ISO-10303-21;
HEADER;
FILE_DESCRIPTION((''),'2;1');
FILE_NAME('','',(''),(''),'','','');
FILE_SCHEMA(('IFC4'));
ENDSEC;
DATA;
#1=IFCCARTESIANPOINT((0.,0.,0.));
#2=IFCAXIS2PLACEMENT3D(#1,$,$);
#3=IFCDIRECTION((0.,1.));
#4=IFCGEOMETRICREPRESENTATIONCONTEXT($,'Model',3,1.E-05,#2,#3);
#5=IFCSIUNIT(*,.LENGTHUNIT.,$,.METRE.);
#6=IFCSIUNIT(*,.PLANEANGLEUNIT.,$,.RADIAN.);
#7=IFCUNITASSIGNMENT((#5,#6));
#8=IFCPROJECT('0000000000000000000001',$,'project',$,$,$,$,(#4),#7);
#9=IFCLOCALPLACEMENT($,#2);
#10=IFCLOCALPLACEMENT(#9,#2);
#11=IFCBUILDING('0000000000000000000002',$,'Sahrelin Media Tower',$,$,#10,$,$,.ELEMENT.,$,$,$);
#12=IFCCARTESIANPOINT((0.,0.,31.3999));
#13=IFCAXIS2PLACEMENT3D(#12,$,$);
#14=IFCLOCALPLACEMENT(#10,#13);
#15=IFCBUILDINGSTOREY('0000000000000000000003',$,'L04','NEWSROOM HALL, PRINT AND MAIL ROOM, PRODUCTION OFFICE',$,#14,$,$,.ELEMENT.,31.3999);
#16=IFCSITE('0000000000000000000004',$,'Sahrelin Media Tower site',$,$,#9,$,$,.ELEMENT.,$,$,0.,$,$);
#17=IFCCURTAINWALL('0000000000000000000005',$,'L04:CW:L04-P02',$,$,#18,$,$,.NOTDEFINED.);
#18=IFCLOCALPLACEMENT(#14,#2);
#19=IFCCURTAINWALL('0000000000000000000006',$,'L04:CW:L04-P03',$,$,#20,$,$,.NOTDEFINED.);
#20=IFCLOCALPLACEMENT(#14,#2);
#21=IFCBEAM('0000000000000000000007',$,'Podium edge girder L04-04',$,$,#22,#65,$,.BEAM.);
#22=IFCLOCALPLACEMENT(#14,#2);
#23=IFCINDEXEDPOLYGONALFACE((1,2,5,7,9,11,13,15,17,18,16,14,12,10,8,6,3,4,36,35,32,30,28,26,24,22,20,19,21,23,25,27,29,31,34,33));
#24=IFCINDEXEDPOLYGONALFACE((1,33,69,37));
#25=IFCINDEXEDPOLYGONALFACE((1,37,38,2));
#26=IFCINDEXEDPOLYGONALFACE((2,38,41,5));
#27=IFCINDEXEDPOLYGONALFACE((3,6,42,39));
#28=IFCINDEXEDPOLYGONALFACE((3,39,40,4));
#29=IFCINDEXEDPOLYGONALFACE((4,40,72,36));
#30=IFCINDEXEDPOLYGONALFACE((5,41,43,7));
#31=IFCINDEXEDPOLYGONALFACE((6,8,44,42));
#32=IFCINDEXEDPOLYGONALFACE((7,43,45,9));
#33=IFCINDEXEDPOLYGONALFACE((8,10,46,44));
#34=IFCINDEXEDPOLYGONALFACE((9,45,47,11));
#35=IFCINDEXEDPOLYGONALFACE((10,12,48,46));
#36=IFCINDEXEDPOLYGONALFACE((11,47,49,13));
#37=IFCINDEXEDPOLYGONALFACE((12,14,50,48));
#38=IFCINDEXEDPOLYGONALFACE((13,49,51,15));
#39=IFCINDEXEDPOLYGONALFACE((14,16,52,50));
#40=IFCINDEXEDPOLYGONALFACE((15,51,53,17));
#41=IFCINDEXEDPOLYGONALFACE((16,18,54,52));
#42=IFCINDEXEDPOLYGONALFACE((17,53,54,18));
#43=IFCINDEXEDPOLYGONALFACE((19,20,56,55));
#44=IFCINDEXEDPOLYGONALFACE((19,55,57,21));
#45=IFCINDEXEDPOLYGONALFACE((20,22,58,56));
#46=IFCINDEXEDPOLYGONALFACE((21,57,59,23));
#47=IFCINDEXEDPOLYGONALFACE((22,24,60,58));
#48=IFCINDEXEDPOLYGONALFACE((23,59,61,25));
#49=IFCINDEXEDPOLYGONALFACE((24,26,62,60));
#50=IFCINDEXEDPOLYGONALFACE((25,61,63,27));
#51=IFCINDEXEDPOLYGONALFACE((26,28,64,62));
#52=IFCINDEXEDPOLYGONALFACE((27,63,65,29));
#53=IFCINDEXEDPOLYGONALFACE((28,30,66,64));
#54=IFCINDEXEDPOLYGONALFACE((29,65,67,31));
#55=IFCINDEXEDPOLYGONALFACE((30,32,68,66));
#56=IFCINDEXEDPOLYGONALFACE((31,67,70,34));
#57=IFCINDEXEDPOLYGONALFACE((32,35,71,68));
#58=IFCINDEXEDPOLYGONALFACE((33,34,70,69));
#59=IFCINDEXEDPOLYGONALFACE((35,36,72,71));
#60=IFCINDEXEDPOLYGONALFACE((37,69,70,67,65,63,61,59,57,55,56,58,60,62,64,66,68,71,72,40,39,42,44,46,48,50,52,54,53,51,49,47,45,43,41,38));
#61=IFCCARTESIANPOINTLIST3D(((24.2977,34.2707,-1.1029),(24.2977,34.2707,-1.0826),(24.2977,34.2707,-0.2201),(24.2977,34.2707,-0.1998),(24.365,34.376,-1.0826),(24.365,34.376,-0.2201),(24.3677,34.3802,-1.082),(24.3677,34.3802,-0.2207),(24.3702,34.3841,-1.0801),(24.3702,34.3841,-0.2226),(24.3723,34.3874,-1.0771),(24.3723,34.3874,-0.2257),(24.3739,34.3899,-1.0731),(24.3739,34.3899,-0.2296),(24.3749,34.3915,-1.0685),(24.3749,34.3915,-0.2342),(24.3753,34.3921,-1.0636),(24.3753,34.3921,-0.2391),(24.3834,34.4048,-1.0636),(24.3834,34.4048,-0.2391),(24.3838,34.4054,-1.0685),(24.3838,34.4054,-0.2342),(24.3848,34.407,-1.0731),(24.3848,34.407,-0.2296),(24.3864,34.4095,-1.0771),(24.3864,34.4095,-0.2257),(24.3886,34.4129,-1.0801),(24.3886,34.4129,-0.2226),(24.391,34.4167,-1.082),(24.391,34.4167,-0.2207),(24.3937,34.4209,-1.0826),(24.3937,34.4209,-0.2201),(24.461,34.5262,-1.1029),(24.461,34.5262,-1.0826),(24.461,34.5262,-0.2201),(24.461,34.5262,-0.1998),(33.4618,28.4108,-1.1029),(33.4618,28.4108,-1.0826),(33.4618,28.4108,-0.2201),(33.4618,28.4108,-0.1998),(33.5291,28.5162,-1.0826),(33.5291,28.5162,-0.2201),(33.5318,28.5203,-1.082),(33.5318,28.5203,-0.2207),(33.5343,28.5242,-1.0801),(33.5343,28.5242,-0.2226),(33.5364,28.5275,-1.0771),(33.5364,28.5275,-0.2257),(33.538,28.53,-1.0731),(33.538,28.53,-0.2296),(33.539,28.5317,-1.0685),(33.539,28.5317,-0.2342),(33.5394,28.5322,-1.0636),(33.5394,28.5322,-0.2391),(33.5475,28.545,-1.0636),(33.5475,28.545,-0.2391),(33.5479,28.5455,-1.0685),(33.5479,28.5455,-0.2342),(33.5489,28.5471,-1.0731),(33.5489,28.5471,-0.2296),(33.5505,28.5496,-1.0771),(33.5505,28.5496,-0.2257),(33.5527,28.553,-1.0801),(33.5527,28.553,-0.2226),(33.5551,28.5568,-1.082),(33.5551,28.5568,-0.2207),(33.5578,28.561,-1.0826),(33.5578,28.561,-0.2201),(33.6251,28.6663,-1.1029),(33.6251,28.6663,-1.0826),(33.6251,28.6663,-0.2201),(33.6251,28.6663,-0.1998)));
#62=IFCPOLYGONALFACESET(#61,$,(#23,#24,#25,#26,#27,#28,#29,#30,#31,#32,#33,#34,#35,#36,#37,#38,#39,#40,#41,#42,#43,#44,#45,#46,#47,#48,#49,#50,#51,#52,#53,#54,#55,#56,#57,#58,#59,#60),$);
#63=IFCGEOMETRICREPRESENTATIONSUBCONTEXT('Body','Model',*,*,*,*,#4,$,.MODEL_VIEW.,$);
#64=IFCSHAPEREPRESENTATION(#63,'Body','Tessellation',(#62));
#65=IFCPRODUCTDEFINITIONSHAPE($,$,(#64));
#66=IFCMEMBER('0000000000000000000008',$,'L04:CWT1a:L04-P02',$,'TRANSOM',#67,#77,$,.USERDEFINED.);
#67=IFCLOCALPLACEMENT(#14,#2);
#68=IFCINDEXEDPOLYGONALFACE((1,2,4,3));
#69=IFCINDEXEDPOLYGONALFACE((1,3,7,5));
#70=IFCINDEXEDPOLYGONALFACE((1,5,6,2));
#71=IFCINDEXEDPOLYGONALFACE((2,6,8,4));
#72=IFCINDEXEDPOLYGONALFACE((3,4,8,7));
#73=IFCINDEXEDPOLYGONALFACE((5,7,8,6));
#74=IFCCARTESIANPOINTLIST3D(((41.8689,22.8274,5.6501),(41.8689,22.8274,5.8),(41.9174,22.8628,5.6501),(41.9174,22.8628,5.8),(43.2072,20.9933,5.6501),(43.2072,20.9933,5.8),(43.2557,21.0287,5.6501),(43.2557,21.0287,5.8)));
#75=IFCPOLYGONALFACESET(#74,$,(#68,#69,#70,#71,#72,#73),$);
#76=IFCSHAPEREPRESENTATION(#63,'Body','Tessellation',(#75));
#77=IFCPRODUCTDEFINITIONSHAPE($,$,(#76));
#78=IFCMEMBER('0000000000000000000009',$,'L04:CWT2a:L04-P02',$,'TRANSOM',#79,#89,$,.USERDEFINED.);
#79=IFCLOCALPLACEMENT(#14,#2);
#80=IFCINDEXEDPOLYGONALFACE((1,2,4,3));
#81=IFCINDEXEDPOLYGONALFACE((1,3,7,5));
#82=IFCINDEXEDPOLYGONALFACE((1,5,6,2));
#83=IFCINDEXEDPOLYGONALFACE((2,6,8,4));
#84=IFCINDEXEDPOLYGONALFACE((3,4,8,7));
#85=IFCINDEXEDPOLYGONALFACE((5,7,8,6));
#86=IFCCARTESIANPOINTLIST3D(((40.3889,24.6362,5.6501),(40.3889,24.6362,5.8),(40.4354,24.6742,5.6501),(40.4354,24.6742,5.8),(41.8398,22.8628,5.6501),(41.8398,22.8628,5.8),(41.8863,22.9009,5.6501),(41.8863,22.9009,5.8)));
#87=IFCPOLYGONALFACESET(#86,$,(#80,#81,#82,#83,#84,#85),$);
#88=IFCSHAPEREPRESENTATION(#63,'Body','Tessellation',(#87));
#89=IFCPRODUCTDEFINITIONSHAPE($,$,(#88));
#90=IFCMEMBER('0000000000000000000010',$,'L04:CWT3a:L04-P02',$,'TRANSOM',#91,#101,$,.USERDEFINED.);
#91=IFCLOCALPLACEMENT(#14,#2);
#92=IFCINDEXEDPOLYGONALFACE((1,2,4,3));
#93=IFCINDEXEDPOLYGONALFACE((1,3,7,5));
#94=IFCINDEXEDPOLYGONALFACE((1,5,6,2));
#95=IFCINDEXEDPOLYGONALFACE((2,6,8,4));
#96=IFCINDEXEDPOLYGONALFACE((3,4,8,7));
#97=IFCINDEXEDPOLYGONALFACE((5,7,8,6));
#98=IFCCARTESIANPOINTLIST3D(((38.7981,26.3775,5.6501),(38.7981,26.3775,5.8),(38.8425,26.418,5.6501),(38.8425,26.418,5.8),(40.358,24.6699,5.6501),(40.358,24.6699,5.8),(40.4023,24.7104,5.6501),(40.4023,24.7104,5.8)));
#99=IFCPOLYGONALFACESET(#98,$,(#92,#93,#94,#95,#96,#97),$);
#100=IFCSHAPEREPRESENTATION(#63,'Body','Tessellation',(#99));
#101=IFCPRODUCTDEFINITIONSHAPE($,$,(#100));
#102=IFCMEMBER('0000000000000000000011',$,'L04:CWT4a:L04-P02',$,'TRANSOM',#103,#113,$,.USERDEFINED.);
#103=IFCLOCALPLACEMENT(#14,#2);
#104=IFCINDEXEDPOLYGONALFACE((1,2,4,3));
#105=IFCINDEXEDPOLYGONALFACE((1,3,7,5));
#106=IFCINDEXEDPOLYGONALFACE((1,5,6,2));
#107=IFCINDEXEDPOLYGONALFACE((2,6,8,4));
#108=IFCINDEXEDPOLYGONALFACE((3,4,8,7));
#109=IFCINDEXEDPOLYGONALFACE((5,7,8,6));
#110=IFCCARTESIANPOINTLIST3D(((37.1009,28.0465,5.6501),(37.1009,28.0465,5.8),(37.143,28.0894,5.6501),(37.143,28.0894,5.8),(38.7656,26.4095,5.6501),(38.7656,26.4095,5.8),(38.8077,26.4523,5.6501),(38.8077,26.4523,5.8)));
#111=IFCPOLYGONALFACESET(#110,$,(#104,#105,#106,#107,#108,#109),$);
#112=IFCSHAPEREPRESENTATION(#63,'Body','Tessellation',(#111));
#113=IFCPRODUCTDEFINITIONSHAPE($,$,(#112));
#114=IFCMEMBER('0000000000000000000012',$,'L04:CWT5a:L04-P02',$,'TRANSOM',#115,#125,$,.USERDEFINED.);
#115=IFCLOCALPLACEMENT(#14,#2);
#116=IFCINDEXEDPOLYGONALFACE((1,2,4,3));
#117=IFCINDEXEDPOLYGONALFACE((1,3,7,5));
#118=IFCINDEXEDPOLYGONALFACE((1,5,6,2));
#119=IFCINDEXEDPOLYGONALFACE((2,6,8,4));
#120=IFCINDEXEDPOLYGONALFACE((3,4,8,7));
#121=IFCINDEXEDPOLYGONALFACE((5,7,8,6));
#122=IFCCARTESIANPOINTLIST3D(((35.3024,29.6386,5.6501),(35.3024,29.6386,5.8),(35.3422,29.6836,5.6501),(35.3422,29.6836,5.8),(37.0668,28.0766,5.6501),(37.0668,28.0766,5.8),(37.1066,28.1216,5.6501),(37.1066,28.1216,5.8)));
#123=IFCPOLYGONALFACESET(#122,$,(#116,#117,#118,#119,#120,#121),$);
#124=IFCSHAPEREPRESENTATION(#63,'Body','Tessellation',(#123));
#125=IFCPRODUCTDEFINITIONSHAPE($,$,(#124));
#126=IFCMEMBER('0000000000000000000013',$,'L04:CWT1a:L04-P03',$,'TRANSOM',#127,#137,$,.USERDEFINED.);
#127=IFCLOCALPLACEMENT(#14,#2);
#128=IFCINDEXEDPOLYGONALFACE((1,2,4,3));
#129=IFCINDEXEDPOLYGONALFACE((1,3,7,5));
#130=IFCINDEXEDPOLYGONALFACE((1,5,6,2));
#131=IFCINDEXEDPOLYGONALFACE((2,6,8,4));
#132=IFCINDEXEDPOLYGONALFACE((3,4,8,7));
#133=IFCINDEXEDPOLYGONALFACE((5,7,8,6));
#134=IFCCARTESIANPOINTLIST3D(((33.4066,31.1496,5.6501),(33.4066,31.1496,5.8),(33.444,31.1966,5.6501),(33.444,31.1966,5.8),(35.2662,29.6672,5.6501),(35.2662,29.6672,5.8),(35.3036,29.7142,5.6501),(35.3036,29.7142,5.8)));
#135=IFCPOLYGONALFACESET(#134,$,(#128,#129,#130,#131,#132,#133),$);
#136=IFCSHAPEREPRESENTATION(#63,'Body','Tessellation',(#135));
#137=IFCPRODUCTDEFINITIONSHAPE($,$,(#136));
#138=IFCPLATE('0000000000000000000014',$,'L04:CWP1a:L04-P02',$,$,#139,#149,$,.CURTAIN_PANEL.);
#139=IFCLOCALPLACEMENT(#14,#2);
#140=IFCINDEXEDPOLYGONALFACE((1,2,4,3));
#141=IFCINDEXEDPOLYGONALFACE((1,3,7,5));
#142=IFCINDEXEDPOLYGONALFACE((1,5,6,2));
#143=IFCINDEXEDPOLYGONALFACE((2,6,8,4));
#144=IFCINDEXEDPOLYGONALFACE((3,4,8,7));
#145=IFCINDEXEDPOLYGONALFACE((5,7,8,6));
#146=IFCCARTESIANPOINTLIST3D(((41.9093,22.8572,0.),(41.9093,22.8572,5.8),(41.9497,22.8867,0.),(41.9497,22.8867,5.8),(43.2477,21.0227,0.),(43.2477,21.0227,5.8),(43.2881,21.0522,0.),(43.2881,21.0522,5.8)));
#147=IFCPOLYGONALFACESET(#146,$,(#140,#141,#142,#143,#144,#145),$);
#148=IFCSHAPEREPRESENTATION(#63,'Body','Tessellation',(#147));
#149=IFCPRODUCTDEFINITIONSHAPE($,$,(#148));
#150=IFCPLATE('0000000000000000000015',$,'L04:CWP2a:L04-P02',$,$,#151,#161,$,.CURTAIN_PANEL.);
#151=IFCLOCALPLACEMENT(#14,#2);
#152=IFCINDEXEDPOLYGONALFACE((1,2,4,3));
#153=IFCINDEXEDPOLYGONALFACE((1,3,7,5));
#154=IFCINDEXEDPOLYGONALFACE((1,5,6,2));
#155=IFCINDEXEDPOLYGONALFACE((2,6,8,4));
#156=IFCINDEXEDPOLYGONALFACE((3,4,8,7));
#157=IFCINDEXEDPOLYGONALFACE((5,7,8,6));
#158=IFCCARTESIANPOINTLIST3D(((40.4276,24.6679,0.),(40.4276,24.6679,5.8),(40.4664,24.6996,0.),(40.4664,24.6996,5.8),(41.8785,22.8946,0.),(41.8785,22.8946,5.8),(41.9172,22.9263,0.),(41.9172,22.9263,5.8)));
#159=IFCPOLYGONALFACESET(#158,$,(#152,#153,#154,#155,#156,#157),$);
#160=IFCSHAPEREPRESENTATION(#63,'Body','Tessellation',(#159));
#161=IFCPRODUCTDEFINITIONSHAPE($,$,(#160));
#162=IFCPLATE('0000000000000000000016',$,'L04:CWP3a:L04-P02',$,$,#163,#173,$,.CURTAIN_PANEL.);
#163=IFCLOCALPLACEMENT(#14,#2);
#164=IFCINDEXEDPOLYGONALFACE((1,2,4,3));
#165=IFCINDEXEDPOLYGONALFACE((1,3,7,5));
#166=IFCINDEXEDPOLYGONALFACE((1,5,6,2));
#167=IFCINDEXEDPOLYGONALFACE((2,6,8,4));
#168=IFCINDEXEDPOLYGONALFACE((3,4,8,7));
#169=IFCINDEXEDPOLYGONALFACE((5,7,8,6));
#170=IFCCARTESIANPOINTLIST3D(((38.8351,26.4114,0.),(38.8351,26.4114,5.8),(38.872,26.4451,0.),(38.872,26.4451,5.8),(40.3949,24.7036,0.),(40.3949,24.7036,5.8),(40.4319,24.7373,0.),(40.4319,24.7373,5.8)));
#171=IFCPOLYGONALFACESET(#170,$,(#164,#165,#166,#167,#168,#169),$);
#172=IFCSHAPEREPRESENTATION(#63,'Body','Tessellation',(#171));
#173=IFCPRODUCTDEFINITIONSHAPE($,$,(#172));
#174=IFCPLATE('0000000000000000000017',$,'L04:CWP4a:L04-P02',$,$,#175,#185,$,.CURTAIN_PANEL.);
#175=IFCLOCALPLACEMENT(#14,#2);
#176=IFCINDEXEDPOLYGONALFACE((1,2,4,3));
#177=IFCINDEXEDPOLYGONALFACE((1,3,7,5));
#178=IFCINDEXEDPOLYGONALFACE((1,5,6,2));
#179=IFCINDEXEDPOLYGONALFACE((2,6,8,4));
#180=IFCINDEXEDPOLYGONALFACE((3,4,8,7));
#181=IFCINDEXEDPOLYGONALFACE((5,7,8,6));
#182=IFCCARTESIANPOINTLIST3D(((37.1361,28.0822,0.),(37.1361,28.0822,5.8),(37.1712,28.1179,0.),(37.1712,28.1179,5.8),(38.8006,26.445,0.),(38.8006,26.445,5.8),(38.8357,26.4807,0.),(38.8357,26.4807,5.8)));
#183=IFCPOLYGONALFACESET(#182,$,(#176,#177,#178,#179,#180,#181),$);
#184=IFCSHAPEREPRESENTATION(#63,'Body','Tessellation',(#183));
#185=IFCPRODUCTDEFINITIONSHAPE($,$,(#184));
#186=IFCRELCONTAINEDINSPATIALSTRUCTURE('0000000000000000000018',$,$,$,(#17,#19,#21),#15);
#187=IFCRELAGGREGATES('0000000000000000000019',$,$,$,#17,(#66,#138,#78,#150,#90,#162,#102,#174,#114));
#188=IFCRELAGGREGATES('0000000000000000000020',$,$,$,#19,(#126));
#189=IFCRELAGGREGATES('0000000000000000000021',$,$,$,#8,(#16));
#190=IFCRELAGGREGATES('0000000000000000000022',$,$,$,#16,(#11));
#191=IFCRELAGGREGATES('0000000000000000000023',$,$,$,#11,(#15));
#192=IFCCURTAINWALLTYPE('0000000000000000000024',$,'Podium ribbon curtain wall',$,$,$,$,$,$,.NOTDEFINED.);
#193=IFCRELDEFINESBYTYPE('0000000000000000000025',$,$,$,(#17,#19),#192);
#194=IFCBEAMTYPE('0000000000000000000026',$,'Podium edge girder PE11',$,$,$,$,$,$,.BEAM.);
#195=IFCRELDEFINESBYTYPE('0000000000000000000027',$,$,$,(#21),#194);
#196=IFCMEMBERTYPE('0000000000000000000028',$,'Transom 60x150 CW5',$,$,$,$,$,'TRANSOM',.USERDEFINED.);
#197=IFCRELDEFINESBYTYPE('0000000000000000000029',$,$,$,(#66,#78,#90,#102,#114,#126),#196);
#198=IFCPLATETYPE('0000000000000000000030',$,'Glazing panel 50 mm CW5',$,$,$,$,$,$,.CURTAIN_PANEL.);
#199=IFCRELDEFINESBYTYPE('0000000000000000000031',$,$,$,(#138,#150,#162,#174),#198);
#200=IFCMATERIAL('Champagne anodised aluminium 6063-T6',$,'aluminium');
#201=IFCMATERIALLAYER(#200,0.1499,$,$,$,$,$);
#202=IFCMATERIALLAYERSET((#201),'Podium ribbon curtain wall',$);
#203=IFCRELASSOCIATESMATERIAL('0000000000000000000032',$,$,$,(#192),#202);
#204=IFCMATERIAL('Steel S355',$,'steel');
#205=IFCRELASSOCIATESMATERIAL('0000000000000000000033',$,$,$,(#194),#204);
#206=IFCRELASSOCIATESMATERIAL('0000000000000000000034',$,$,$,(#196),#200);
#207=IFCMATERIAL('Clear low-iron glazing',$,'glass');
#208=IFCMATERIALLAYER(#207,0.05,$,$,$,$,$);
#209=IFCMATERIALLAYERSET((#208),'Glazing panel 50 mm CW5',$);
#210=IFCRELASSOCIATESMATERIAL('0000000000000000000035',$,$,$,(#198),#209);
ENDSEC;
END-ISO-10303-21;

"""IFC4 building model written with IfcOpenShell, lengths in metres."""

from ifc_helpers import new_model, si_unit, direction, frame, origin, origin_2d, place, context, subcontext, project, spatial, polyline, rectangle, i_section, outline, extrude, material, layer, layer_set, material_profile, profile_set, type_object, element, aggregate, save


model = new_model("IFC4")

# Units and contexts
model_context = context("Model", 3, precision=1e-05, world=origin(), true_north=direction((0.0, 1.0)))
body_context = subcontext(model_context, "Body", "Model", "MODEL_VIEW")
ifc_project = project(units=[si_unit("LENGTHUNIT", "METRE"), si_unit("PLANEANGLEUNIT", "RADIAN")], contexts=[model_context])

# Site, building, storey
site_placement = place(None, origin())
site = spatial("IfcSite", under=ifc_project, at=site_placement, Name="Sahrelin Media Tower site", CompositionType="ELEMENT", RefElevation=0.0)
building_placement = place(site_placement, origin())
building = spatial("IfcBuilding", under=site, at=building_placement, Name="Sahrelin Media Tower", CompositionType="ELEMENT")
storey_placement = place(building_placement, frame((0.0, 0.0, 31.3999)))
storey = spatial("IfcBuildingStorey", under=building, at=storey_placement, Name="L04", Description="NEWSROOM HALL, PRINT AND MAIL ROOM, PRODUCTION OFFICE", CompositionType="ELEMENT", Elevation=31.3999)

# Curtain wall
ifc_material_1 = material(Name="Champagne anodised aluminium 6063-T6", Category="aluminium")
ifc_layer_1 = layer(ifc_material_1, 0.1499)
ifc_layer_set_1 = layer_set([ifc_layer_1], Name="Podium ribbon curtain wall")
curtain_wall_type = type_object("IfcCurtainWallType", Name="Podium ribbon curtain wall", PredefinedType="NOTDEFINED", material=ifc_layer_set_1)
curtain_wall_1_placement = place(storey_placement, frame((43.3013, 21.0, 0.0), z_axis=(0.0, 0.0, 1.0), x_axis=(1.0, 0.0, 0.0)))
curtain_wall_1 = element("IfcCurtainWall", 1, at=curtain_wall_1_placement, inside=storey, type_object=curtain_wall_type, Name="L04:CW:L04-P02", PredefinedType="NOTDEFINED")

# Curtain wall
curtain_wall_2_placement = place(storey_placement, frame((35.3552, 29.6985, 0.0), z_axis=(0.0, 0.0, 1.0), x_axis=(1.0, 0.0, 0.0)))
curtain_wall_2 = element("IfcCurtainWall", 2, at=curtain_wall_2_placement, inside=storey, type_object=curtain_wall_type, Name="L04:CW:L04-P03", PredefinedType="NOTDEFINED")

# Beam
ifc_material_2 = material(Name="Steel S355", Category="steel")
ifc_material_profile_1 = material_profile(ifc_material_2, i_section(OverallWidth=0.3032, OverallDepth=0.9031, WebThickness=0.0151, FlangeThickness=0.0203, FilletRadius=0.019, at=origin_2d()), Name="UB 914x305x201")
ifc_profile_set_1 = profile_set([ifc_material_profile_1], Name="Steel S355")
beam_type = type_object("IfcBeamType", Name="Podium edge girder PE11", PredefinedType="BEAM", material=ifc_profile_set_1)
beam_1_placement = place(storey_placement, frame((33.5435, 28.5386, -0.6514), z_axis=(-0.842486, 0.538719, 0.0), x_axis=(-0.538719, -0.842486, 0.0)))
element("IfcBeam", 3, at=beam_1_placement, inside=storey, type_object=beam_type, Name="Podium edge girder L04-04", PredefinedType="BEAM", context=body_context, shape_type="SweptSolid", body=[
    extrude(i_section(OverallWidth=0.3032, OverallDepth=0.9031, WebThickness=0.0151, FlangeThickness=0.0203, FilletRadius=0.019, at=origin_2d()), origin(), (0.0, 0.0, 1.0), 10.8774),
])

# Members
ifc_material_profile_2 = material_profile(ifc_material_1, rectangle(XDim=0.0601, YDim=0.1499, at=origin_2d()), Name="Transom 60x150")
ifc_profile_set_2 = profile_set([ifc_material_profile_2], Name="Champagne anodised aluminium 6063-T6")
member_type_1 = type_object("IfcMemberType", Name="Transom 60x150 CW5", ElementType="TRANSOM", PredefinedType="USERDEFINED", material=ifc_profile_set_2)
member_1_placement = place(storey_placement, frame((43.2314, 21.011, 5.7251), z_axis=(-0.589437, 0.807814, 0.0), x_axis=(-0.807814, -0.589437, 0.0)))
member_1 = element("IfcMember", 4, at=member_1_placement, type_object=member_type_1, Name="L04:CWT1a:L04-P02", ObjectType="TRANSOM", PredefinedType="USERDEFINED", context=body_context, shape_type="SweptSolid", body=[
    extrude(rectangle(XDim=0.0601, YDim=0.1499, at=origin_2d()), origin(), (0.0, 0.0, 1.0), 2.2705),
])
member_2_placement = place(storey_placement, frame((41.863, 22.8818, 5.7251), z_axis=(-0.63322, 0.773972, 0.0), x_axis=(-0.773972, -0.63322, 0.0)))
member_2 = element("IfcMember", 5, at=member_2_placement, type_object=member_type_1, Name="L04:CWT2a:L04-P02", ObjectType="TRANSOM", PredefinedType="USERDEFINED", context=body_context, shape_type="SweptSolid", body=[
    extrude(rectangle(XDim=0.0601, YDim=0.1499, at=origin_2d()), origin(), (0.0, 0.0, 1.0), 2.2913),
])
member_3_placement = place(storey_placement, frame((40.3801, 24.6902, 5.7251), z_axis=(-0.674452, 0.738319, 0.0), x_axis=(-0.738319, -0.674452, 0.0)))
member_3 = element("IfcMember", 6, at=member_3_placement, type_object=member_type_1, Name="L04:CWT3a:L04-P02", ObjectType="TRANSOM", PredefinedType="USERDEFINED", context=body_context, shape_type="SweptSolid", body=[
    extrude(rectangle(XDim=0.0601, YDim=0.1499, at=origin_2d()), origin(), (0.0, 0.0, 1.0), 2.3127),
])
member_4_placement = place(storey_placement, frame((38.7866, 26.4309, 5.7251), z_axis=(-0.712991, 0.701174, 0.0), x_axis=(-0.701174, -0.712991, 0.0)))
member_4 = element("IfcMember", 7, at=member_4_placement, type_object=member_type_1, Name="L04:CWT4a:L04-P02", ObjectType="TRANSOM", PredefinedType="USERDEFINED", context=body_context, shape_type="SweptSolid", body=[
    extrude(rectangle(XDim=0.0601, YDim=0.1499, at=origin_2d()), origin(), (0.0, 0.0, 1.0), 2.3347),
])
member_5_placement = place(storey_placement, frame((37.0867, 28.0991, 5.7251), z_axis=(-0.748745, 0.662858, 0.0), x_axis=(-0.662858, -0.748745, 0.0)))
member_5 = element("IfcMember", 8, at=member_5_placement, type_object=member_type_1, Name="L04:CWT5a:L04-P02", ObjectType="TRANSOM", PredefinedType="USERDEFINED", context=body_context, shape_type="SweptSolid", body=[
    extrude(rectangle(XDim=0.0601, YDim=0.1499, at=origin_2d()), origin(), (0.0, 0.0, 1.0), 2.3564),
])
member_6_placement = place(storey_placement, frame((35.2849, 29.6907, 5.7251), z_axis=(-0.781949, 0.623342, 0.0), x_axis=(-0.623342, -0.781949, 0.0)))
member_6 = element("IfcMember", 9, at=member_6_placement, type_object=member_type_1, Name="L04:CWT1a:L04-P03", ObjectType="TRANSOM", PredefinedType="USERDEFINED", context=body_context, shape_type="SweptSolid", body=[
    extrude(rectangle(XDim=0.0601, YDim=0.1499, at=origin_2d()), origin(), (0.0, 0.0, 1.0), 2.3782),
])

# Plates
ifc_material_3 = material(Name="Clear low-iron glazing", Category="glass")
ifc_layer_2 = layer(ifc_material_3, 0.05)
ifc_layer_set_2 = layer_set([ifc_layer_2], Name="Glazing panel 50 mm CW5")
plate_type = type_object("IfcPlateType", Name="Glazing panel 50 mm CW5", PredefinedType="CURTAIN_PANEL", material=ifc_layer_set_2)
plate_1_placement = place(storey_placement, frame((43.2881, 21.0522, 0.0), z_axis=(0.807852, 0.589386, 0.0), x_axis=(-0.589386, 0.807852, 0.0)))
plate_1 = element("IfcPlate", 10, at=plate_1_placement, type_object=plate_type, Name="L04:CWP1a:L04-P02", PredefinedType="CURTAIN_PANEL", context=body_context, shape_type="SweptSolid", body=[
    extrude(outline(polyline([(0.0, 0.0), (2.2708, 0.0), (2.2708, 5.8), (0.0, 5.8), (0.0, 0.0)])), origin(), (0.0, 0.0, -1.0), 0.05),
])
plate_2_placement = place(storey_placement, frame((41.9172, 22.9263, 0.0), z_axis=(0.773972, 0.63322, 0.0), x_axis=(-0.63322, 0.773972, 0.0)))
plate_2 = element("IfcPlate", 11, at=plate_2_placement, type_object=plate_type, Name="L04:CWP2a:L04-P02", PredefinedType="CURTAIN_PANEL", context=body_context, shape_type="SweptSolid", body=[
    extrude(outline(polyline([(0.0, 0.0), (2.2913, 0.0), (2.2913, 5.8), (0.0, 5.8), (0.0, 0.0)])), origin(), (0.0, 0.0, -1.0), 0.05),
])
plate_3_placement = place(storey_placement, frame((40.4319, 24.7373, 0.0), z_axis=(0.738367, 0.6744, 0.0), x_axis=(-0.6744, 0.738367, 0.0)))
plate_3 = element("IfcPlate", 12, at=plate_3_placement, type_object=plate_type, Name="L04:CWP3a:L04-P02", PredefinedType="CURTAIN_PANEL", context=body_context, shape_type="SweptSolid", body=[
    extrude(outline(polyline([(0.0, 0.0), (2.313, 0.0), (2.313, 5.8), (0.0, 5.8), (0.0, 0.0)])), origin(), (0.0, 0.0, -1.0), 0.05),
])
plate_4_placement = place(storey_placement, frame((38.8357, 26.4807, 0.0), z_axis=(0.701227, 0.712938, 0.0), x_axis=(-0.712938, 0.701227, 0.0)))
plate_4 = element("IfcPlate", 13, at=plate_4_placement, type_object=plate_type, Name="L04:CWP4a:L04-P02", PredefinedType="CURTAIN_PANEL", context=body_context, shape_type="SweptSolid", body=[
    extrude(outline(polyline([(0.0, 0.0), (2.3347, 0.0), (2.3347, 5.8), (0.0, 5.8), (0.0, 0.0)])), origin(), (0.0, 0.0, -1.0), 0.05),
])
aggregate(curtain_wall_1, [member_1, plate_1, member_2, plate_2, member_3, plate_3, member_4, plate_4, member_5])
aggregate(curtain_wall_2, [member_6])

save(model, "model.ifc")
